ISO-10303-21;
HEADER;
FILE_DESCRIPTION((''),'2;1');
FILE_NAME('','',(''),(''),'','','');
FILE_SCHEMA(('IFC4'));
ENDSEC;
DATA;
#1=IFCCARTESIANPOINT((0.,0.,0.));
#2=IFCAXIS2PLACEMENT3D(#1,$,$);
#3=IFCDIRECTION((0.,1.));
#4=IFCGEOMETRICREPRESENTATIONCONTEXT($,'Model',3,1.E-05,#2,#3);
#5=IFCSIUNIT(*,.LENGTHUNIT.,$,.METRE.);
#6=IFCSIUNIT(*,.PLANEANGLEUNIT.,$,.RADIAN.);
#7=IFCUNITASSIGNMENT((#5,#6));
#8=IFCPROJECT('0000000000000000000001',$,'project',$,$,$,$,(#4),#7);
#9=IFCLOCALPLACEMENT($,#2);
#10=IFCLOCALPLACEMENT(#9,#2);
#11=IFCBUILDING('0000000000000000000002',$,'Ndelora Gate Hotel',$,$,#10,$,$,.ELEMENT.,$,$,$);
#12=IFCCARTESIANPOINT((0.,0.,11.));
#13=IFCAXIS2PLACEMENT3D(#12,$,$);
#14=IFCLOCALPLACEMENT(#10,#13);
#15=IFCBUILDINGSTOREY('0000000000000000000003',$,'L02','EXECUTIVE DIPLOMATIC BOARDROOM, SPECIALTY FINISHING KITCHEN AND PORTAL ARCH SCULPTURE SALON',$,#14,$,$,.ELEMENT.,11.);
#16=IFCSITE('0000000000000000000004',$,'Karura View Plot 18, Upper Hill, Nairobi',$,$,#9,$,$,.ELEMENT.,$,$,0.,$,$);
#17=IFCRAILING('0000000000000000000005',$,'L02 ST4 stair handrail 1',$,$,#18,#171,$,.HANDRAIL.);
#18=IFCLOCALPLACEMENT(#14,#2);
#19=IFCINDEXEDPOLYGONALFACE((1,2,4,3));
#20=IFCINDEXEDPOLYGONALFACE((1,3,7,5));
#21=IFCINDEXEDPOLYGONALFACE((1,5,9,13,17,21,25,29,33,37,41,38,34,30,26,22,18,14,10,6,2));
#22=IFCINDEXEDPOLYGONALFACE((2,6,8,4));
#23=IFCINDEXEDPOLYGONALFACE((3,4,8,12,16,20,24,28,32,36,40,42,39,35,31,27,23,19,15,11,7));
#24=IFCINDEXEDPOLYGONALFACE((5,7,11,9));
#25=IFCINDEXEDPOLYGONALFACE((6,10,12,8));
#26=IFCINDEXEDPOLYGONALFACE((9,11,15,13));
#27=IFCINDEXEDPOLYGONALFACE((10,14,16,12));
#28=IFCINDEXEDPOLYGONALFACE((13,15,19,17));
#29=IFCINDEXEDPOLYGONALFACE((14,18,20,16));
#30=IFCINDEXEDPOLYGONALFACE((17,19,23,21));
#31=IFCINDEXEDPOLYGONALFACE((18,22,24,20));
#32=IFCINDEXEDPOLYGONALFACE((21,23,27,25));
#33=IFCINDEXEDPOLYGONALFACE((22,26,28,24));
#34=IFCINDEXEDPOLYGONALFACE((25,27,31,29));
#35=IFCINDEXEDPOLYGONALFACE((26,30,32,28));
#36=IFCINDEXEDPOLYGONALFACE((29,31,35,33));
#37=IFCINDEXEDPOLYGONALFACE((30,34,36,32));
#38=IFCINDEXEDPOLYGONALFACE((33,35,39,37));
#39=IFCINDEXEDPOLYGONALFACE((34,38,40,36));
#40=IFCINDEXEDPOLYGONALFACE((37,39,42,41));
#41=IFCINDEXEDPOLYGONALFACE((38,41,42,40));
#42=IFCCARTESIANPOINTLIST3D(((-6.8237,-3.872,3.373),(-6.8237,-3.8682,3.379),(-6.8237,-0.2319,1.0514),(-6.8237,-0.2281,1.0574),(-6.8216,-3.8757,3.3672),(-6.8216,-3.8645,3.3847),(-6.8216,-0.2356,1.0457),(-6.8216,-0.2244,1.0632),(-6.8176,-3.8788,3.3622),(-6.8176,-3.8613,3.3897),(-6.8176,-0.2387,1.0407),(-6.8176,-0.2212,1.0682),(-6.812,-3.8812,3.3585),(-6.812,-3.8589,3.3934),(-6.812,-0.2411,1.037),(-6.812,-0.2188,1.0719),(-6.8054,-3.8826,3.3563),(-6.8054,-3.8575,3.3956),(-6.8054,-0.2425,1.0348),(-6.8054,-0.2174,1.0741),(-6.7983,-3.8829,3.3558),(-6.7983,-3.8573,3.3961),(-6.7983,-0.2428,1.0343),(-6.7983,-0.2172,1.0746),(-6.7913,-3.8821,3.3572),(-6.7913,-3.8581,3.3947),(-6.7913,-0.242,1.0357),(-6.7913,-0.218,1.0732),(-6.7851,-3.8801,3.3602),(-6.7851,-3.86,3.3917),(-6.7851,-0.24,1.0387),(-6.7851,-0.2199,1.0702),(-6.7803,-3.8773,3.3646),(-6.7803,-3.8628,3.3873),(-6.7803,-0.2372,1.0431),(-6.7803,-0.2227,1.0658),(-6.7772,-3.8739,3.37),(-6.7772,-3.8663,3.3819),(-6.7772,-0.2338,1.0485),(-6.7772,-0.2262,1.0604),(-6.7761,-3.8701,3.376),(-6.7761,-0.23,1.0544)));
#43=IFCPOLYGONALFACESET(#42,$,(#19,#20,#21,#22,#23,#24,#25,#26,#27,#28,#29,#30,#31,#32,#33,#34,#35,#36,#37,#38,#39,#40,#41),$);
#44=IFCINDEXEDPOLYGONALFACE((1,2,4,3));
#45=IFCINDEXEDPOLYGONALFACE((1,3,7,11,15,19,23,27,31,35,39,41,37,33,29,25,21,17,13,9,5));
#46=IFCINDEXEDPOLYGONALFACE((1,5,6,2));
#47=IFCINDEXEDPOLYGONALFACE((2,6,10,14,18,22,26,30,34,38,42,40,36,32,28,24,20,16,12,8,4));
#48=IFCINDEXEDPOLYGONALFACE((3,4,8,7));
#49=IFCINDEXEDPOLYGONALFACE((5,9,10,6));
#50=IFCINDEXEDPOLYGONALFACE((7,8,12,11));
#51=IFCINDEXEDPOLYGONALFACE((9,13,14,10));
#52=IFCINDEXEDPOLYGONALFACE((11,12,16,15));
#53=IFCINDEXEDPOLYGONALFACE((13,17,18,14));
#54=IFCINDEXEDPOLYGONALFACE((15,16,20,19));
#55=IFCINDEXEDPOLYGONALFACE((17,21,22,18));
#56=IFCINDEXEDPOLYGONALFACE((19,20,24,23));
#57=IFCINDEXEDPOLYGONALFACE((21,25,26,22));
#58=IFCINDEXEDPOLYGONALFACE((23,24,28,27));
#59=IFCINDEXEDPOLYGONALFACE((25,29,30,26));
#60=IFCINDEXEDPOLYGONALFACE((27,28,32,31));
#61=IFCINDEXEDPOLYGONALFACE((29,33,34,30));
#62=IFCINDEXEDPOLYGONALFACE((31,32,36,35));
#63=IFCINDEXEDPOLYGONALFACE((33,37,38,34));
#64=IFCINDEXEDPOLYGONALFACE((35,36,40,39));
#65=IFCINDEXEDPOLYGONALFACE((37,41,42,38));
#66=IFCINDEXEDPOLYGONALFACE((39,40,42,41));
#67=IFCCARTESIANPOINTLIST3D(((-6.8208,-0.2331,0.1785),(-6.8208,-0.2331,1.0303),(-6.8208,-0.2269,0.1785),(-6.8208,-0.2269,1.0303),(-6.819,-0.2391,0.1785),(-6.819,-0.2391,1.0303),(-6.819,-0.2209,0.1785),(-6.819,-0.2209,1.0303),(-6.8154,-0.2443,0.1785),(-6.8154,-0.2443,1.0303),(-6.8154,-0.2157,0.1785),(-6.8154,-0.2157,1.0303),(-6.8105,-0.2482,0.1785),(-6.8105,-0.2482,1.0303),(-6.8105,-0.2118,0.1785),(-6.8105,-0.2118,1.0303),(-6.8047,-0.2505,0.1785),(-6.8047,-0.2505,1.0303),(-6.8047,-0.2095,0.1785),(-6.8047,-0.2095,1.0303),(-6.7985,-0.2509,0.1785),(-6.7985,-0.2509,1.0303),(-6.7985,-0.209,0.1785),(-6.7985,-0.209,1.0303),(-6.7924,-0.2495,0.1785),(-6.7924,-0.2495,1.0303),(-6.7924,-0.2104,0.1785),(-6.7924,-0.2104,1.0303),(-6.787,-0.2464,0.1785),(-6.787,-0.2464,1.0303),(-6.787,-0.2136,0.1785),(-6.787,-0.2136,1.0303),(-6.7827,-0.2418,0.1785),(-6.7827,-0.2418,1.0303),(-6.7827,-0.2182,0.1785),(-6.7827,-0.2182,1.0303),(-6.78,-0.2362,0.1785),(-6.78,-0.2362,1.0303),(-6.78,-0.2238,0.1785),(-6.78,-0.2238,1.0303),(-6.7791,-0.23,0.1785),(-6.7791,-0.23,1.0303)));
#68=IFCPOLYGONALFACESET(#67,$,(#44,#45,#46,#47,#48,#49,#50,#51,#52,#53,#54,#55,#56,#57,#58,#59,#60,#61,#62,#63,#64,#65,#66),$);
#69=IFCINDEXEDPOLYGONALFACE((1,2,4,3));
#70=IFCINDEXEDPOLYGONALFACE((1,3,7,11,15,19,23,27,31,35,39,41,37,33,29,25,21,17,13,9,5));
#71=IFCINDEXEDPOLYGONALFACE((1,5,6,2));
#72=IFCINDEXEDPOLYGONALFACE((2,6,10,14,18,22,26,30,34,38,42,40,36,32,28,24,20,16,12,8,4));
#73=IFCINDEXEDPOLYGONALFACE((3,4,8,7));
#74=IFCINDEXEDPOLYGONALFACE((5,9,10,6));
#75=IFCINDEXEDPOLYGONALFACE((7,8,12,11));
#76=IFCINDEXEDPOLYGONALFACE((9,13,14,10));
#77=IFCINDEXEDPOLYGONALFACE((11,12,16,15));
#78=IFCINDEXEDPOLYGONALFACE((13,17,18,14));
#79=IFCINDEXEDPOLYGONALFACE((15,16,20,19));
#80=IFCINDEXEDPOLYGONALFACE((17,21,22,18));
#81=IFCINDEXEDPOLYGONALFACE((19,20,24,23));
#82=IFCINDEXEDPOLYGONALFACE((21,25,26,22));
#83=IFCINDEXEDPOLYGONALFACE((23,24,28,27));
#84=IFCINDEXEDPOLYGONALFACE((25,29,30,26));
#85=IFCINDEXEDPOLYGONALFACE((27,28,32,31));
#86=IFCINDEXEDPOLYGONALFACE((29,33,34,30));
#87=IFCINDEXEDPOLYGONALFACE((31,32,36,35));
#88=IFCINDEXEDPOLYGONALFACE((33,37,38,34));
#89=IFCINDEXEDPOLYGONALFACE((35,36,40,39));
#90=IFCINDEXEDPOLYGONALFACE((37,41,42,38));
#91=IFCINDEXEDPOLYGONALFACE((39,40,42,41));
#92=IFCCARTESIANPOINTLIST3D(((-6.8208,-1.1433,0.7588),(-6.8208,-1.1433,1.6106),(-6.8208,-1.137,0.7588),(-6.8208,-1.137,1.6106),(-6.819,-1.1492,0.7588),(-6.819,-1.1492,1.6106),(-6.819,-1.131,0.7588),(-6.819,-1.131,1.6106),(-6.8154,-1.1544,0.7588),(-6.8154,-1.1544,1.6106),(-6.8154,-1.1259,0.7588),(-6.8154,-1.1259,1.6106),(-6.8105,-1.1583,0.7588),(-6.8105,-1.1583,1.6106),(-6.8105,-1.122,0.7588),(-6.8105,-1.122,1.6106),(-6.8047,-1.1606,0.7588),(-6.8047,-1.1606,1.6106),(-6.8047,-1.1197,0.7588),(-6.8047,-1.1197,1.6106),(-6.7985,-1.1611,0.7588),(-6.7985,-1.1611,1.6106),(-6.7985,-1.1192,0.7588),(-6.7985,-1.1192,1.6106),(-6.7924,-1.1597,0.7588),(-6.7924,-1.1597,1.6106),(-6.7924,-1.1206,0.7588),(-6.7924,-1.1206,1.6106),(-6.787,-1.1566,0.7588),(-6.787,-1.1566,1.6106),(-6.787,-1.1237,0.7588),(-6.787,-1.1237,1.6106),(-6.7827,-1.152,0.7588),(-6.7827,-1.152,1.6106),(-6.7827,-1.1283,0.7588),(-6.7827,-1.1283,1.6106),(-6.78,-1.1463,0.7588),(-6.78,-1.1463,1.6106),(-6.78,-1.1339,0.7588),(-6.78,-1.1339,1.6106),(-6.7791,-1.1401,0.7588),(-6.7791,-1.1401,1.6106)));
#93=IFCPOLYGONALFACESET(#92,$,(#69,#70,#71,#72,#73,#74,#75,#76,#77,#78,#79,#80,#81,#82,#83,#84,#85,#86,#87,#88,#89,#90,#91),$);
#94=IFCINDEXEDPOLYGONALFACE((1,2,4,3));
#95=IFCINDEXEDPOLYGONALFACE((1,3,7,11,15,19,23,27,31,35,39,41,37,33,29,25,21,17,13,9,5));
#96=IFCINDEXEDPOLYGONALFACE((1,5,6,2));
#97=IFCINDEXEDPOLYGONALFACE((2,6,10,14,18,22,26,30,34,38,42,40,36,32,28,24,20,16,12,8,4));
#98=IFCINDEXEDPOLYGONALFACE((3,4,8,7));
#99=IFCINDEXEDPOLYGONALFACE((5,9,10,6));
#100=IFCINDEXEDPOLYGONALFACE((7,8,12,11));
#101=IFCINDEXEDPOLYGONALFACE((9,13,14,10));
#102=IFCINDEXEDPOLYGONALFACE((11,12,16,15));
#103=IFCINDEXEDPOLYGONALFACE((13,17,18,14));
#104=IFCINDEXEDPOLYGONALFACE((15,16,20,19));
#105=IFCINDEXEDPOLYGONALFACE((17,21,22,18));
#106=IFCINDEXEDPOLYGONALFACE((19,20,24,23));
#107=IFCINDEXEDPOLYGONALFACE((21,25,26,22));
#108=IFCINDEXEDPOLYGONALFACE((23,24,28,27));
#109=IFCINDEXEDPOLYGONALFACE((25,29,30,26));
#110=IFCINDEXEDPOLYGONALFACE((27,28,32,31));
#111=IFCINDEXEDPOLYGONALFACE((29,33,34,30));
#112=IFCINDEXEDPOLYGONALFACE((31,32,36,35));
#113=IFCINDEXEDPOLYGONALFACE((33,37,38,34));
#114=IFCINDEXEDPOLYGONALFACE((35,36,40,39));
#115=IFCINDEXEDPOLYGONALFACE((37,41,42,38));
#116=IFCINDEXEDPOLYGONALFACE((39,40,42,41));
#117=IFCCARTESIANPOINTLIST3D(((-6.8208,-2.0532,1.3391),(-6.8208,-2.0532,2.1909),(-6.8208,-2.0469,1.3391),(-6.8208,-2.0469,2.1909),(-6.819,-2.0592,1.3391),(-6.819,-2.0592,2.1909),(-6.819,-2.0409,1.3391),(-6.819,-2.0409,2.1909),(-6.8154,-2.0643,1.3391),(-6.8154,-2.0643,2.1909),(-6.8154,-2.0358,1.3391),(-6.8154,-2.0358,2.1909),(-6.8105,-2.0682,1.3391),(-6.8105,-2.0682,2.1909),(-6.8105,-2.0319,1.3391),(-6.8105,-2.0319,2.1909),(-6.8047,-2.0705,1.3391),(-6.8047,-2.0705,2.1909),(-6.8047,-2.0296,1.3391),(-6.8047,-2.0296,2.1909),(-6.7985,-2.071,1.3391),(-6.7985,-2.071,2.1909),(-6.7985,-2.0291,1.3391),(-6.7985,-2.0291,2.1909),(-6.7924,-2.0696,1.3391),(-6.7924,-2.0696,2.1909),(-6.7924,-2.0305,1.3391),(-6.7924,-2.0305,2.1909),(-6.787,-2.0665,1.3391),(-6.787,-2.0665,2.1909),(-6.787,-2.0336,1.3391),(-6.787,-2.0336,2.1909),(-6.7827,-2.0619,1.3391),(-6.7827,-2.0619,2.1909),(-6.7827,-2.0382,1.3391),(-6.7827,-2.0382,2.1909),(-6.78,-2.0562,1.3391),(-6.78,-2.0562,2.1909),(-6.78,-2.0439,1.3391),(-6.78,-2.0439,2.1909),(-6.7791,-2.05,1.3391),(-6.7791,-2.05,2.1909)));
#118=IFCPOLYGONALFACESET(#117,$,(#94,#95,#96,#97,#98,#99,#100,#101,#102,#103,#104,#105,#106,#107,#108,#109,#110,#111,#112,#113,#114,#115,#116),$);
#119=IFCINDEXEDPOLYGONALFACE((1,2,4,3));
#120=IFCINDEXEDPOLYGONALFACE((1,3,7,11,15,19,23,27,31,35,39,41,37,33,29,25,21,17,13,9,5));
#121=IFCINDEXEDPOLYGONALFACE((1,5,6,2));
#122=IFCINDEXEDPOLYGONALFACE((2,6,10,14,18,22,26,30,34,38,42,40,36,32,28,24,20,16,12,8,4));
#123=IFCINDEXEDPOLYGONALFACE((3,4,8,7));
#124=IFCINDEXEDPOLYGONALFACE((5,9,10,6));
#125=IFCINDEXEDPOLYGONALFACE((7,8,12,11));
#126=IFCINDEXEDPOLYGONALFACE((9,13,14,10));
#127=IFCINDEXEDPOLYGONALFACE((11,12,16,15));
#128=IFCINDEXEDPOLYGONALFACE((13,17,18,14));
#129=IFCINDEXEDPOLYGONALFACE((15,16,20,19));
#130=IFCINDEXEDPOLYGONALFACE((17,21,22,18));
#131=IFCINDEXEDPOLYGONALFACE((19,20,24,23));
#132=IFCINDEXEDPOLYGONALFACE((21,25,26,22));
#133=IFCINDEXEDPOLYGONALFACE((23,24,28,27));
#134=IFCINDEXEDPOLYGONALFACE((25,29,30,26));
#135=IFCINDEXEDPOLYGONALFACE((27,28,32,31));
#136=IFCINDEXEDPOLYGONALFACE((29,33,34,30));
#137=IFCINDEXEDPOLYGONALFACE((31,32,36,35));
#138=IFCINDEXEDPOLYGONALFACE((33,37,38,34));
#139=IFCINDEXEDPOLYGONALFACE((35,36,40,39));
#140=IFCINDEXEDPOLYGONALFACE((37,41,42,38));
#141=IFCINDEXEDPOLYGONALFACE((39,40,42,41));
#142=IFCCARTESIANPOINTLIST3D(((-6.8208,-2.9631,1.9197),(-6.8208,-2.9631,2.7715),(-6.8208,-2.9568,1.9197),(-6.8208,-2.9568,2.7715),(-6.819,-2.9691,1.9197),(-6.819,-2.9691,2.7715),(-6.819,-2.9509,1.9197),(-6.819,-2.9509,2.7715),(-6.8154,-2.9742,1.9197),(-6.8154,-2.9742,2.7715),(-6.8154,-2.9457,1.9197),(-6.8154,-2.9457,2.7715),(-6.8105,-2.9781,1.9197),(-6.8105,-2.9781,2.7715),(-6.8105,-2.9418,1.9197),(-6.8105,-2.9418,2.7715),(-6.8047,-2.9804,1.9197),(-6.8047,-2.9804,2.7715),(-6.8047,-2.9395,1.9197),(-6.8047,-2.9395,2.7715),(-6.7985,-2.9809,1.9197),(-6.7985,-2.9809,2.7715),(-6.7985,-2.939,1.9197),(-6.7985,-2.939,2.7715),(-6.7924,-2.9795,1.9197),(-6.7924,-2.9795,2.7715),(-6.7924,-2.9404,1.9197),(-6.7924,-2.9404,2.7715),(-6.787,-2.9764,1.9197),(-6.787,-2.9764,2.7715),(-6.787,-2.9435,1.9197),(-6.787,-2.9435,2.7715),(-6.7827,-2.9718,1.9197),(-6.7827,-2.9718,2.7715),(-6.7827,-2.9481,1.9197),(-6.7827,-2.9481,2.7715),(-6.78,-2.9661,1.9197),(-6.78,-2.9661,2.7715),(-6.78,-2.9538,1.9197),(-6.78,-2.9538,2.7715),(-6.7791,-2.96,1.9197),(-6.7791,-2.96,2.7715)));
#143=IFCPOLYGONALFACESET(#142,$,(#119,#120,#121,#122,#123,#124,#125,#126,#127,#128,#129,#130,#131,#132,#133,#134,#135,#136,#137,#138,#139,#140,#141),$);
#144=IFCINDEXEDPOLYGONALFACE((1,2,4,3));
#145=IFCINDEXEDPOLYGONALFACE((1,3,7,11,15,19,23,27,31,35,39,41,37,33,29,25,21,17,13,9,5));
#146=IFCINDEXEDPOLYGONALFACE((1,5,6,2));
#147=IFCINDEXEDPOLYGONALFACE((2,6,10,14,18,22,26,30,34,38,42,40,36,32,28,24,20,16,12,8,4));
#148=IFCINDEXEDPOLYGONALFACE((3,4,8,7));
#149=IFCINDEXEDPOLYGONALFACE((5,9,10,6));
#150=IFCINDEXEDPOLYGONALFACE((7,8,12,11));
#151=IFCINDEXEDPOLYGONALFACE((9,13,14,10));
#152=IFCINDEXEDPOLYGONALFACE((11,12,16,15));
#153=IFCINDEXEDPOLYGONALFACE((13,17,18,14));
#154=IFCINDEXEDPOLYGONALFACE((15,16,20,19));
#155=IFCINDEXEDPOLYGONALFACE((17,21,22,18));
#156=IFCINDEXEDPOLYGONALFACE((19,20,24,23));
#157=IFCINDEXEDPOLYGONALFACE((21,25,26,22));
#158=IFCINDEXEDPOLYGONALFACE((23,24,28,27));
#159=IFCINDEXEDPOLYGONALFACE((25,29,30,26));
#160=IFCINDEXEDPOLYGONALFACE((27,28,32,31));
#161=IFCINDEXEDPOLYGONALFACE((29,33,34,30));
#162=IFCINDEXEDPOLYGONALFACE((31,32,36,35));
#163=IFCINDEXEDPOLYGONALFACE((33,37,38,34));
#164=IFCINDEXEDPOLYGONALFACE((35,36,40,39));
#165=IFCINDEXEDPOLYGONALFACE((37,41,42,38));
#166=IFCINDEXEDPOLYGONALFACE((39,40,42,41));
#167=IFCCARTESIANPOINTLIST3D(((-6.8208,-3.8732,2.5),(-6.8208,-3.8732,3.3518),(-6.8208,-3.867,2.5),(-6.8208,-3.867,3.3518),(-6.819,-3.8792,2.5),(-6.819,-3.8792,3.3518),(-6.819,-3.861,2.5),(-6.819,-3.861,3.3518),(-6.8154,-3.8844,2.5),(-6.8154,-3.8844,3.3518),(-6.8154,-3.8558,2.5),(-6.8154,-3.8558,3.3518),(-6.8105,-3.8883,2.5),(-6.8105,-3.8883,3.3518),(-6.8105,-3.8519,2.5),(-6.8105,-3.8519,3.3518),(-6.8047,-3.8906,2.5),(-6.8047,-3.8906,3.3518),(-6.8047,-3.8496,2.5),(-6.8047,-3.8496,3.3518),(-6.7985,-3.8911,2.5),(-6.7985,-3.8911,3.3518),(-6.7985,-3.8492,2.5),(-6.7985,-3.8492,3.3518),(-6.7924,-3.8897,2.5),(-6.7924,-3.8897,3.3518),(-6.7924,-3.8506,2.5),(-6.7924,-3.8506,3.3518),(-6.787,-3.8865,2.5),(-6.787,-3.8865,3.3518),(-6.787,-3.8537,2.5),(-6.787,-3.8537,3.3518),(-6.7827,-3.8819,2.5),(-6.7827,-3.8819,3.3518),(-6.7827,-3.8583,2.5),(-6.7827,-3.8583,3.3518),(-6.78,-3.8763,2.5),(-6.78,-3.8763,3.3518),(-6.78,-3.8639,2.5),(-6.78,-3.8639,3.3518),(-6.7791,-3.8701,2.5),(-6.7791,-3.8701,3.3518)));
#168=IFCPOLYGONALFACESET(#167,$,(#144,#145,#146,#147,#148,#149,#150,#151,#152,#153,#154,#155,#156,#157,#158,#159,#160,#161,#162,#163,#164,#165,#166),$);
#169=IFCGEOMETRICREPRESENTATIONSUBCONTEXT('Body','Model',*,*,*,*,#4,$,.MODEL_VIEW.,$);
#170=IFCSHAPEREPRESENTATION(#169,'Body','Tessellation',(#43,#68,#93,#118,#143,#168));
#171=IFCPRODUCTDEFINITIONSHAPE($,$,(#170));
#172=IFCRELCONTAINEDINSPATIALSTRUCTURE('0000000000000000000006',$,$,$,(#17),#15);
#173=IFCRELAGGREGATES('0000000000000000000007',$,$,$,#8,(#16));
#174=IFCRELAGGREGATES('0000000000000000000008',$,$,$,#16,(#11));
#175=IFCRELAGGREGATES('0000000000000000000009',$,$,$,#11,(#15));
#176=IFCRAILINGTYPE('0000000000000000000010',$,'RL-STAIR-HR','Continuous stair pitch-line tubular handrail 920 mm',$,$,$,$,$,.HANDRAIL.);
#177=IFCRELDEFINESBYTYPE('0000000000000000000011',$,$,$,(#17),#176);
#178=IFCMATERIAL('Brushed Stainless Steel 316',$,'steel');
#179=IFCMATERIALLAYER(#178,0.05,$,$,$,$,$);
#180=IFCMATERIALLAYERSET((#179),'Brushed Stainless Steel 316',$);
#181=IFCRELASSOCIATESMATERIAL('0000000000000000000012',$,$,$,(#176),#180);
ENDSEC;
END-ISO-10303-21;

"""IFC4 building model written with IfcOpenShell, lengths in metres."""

from ifc_helpers import new_model, si_unit, direction, frame, origin, origin_2d, place, context, subcontext, project, spatial, circle, extrude, material, layer, layer_set, type_object, element, save


model = new_model("IFC4")

# Units and contexts
model_context = context("Model", 3, precision=1e-05, world=origin(), true_north=direction((0.0, 1.0)))
body_context = subcontext(model_context, "Body", "Model", "MODEL_VIEW")
ifc_project = project(units=[si_unit("LENGTHUNIT", "METRE"), si_unit("PLANEANGLEUNIT", "RADIAN")], contexts=[model_context])

# Site, building, storey
site_placement = place(None, origin())
site = spatial("IfcSite", under=ifc_project, at=site_placement, Name="Karura View Plot 18, Upper Hill, Nairobi", CompositionType="ELEMENT", RefElevation=0.0)
building_placement = place(site_placement, origin())
building = spatial("IfcBuilding", under=site, at=building_placement, Name="Ndelora Gate Hotel", CompositionType="ELEMENT")
storey_placement = place(building_placement, frame((0.0, 0.0, 11.0)))
storey = spatial("IfcBuildingStorey", under=building, at=storey_placement, Name="L02", Description="EXECUTIVE DIPLOMATIC BOARDROOM, SPECIALTY FINISHING KITCHEN AND PORTAL ARCH SCULPTURE SALON", CompositionType="ELEMENT", Elevation=11.0)

# Railing
ifc_material_1 = material(Name="Brushed Stainless Steel 316", Category="steel")
ifc_layer_1 = layer(ifc_material_1, 0.05)
ifc_layer_set_1 = layer_set([ifc_layer_1], Name="Brushed Stainless Steel 316")
railing_type_1 = type_object("IfcRailingType", Name="RL-STAIR-HR", Description="Continuous stair pitch-line tubular handrail 920 mm", PredefinedType="HANDRAIL", material=ifc_layer_set_1)
railing_1_placement = place(storey_placement, frame((-6.8, -0.23, 0.1785)))
element("IfcRailing", 1, at=railing_1_placement, inside=storey, type_object=railing_type_1, Name="L02 ST4 stair handrail 1", PredefinedType="HANDRAIL", context=body_context, shape_type="SweptSolid", body=[
    extrude(circle(Radius=0.0239, at=origin_2d()), frame((0.0, 0.0, 0.876), z_axis=(0.0, -0.843128, 0.537713), x_axis=(1.0, 0.0, 0.0)), (0.0, 0.0, 1.0), 4.3174),
    extrude(circle(Radius=0.021, at=origin_2d()), origin(), (0.0, 0.0, 1.0), 0.8518),
    extrude(circle(Radius=0.021, at=origin_2d()), frame((0.0, -0.9102, 0.5803)), (0.0, 0.0, 1.0), 0.8518),
    extrude(circle(Radius=0.021, at=origin_2d()), frame((0.0, -1.8201, 1.1606)), (0.0, 0.0, 1.0), 0.8518),
    extrude(circle(Radius=0.021, at=origin_2d()), frame((0.0, -2.73, 1.7412)), (0.0, 0.0, 1.0), 0.8518),
    extrude(circle(Radius=0.021, at=origin_2d()), frame((0.0, -3.6401, 2.3215)), (0.0, 0.0, 1.0), 0.8518),
])

save(model, "model.ifc")
